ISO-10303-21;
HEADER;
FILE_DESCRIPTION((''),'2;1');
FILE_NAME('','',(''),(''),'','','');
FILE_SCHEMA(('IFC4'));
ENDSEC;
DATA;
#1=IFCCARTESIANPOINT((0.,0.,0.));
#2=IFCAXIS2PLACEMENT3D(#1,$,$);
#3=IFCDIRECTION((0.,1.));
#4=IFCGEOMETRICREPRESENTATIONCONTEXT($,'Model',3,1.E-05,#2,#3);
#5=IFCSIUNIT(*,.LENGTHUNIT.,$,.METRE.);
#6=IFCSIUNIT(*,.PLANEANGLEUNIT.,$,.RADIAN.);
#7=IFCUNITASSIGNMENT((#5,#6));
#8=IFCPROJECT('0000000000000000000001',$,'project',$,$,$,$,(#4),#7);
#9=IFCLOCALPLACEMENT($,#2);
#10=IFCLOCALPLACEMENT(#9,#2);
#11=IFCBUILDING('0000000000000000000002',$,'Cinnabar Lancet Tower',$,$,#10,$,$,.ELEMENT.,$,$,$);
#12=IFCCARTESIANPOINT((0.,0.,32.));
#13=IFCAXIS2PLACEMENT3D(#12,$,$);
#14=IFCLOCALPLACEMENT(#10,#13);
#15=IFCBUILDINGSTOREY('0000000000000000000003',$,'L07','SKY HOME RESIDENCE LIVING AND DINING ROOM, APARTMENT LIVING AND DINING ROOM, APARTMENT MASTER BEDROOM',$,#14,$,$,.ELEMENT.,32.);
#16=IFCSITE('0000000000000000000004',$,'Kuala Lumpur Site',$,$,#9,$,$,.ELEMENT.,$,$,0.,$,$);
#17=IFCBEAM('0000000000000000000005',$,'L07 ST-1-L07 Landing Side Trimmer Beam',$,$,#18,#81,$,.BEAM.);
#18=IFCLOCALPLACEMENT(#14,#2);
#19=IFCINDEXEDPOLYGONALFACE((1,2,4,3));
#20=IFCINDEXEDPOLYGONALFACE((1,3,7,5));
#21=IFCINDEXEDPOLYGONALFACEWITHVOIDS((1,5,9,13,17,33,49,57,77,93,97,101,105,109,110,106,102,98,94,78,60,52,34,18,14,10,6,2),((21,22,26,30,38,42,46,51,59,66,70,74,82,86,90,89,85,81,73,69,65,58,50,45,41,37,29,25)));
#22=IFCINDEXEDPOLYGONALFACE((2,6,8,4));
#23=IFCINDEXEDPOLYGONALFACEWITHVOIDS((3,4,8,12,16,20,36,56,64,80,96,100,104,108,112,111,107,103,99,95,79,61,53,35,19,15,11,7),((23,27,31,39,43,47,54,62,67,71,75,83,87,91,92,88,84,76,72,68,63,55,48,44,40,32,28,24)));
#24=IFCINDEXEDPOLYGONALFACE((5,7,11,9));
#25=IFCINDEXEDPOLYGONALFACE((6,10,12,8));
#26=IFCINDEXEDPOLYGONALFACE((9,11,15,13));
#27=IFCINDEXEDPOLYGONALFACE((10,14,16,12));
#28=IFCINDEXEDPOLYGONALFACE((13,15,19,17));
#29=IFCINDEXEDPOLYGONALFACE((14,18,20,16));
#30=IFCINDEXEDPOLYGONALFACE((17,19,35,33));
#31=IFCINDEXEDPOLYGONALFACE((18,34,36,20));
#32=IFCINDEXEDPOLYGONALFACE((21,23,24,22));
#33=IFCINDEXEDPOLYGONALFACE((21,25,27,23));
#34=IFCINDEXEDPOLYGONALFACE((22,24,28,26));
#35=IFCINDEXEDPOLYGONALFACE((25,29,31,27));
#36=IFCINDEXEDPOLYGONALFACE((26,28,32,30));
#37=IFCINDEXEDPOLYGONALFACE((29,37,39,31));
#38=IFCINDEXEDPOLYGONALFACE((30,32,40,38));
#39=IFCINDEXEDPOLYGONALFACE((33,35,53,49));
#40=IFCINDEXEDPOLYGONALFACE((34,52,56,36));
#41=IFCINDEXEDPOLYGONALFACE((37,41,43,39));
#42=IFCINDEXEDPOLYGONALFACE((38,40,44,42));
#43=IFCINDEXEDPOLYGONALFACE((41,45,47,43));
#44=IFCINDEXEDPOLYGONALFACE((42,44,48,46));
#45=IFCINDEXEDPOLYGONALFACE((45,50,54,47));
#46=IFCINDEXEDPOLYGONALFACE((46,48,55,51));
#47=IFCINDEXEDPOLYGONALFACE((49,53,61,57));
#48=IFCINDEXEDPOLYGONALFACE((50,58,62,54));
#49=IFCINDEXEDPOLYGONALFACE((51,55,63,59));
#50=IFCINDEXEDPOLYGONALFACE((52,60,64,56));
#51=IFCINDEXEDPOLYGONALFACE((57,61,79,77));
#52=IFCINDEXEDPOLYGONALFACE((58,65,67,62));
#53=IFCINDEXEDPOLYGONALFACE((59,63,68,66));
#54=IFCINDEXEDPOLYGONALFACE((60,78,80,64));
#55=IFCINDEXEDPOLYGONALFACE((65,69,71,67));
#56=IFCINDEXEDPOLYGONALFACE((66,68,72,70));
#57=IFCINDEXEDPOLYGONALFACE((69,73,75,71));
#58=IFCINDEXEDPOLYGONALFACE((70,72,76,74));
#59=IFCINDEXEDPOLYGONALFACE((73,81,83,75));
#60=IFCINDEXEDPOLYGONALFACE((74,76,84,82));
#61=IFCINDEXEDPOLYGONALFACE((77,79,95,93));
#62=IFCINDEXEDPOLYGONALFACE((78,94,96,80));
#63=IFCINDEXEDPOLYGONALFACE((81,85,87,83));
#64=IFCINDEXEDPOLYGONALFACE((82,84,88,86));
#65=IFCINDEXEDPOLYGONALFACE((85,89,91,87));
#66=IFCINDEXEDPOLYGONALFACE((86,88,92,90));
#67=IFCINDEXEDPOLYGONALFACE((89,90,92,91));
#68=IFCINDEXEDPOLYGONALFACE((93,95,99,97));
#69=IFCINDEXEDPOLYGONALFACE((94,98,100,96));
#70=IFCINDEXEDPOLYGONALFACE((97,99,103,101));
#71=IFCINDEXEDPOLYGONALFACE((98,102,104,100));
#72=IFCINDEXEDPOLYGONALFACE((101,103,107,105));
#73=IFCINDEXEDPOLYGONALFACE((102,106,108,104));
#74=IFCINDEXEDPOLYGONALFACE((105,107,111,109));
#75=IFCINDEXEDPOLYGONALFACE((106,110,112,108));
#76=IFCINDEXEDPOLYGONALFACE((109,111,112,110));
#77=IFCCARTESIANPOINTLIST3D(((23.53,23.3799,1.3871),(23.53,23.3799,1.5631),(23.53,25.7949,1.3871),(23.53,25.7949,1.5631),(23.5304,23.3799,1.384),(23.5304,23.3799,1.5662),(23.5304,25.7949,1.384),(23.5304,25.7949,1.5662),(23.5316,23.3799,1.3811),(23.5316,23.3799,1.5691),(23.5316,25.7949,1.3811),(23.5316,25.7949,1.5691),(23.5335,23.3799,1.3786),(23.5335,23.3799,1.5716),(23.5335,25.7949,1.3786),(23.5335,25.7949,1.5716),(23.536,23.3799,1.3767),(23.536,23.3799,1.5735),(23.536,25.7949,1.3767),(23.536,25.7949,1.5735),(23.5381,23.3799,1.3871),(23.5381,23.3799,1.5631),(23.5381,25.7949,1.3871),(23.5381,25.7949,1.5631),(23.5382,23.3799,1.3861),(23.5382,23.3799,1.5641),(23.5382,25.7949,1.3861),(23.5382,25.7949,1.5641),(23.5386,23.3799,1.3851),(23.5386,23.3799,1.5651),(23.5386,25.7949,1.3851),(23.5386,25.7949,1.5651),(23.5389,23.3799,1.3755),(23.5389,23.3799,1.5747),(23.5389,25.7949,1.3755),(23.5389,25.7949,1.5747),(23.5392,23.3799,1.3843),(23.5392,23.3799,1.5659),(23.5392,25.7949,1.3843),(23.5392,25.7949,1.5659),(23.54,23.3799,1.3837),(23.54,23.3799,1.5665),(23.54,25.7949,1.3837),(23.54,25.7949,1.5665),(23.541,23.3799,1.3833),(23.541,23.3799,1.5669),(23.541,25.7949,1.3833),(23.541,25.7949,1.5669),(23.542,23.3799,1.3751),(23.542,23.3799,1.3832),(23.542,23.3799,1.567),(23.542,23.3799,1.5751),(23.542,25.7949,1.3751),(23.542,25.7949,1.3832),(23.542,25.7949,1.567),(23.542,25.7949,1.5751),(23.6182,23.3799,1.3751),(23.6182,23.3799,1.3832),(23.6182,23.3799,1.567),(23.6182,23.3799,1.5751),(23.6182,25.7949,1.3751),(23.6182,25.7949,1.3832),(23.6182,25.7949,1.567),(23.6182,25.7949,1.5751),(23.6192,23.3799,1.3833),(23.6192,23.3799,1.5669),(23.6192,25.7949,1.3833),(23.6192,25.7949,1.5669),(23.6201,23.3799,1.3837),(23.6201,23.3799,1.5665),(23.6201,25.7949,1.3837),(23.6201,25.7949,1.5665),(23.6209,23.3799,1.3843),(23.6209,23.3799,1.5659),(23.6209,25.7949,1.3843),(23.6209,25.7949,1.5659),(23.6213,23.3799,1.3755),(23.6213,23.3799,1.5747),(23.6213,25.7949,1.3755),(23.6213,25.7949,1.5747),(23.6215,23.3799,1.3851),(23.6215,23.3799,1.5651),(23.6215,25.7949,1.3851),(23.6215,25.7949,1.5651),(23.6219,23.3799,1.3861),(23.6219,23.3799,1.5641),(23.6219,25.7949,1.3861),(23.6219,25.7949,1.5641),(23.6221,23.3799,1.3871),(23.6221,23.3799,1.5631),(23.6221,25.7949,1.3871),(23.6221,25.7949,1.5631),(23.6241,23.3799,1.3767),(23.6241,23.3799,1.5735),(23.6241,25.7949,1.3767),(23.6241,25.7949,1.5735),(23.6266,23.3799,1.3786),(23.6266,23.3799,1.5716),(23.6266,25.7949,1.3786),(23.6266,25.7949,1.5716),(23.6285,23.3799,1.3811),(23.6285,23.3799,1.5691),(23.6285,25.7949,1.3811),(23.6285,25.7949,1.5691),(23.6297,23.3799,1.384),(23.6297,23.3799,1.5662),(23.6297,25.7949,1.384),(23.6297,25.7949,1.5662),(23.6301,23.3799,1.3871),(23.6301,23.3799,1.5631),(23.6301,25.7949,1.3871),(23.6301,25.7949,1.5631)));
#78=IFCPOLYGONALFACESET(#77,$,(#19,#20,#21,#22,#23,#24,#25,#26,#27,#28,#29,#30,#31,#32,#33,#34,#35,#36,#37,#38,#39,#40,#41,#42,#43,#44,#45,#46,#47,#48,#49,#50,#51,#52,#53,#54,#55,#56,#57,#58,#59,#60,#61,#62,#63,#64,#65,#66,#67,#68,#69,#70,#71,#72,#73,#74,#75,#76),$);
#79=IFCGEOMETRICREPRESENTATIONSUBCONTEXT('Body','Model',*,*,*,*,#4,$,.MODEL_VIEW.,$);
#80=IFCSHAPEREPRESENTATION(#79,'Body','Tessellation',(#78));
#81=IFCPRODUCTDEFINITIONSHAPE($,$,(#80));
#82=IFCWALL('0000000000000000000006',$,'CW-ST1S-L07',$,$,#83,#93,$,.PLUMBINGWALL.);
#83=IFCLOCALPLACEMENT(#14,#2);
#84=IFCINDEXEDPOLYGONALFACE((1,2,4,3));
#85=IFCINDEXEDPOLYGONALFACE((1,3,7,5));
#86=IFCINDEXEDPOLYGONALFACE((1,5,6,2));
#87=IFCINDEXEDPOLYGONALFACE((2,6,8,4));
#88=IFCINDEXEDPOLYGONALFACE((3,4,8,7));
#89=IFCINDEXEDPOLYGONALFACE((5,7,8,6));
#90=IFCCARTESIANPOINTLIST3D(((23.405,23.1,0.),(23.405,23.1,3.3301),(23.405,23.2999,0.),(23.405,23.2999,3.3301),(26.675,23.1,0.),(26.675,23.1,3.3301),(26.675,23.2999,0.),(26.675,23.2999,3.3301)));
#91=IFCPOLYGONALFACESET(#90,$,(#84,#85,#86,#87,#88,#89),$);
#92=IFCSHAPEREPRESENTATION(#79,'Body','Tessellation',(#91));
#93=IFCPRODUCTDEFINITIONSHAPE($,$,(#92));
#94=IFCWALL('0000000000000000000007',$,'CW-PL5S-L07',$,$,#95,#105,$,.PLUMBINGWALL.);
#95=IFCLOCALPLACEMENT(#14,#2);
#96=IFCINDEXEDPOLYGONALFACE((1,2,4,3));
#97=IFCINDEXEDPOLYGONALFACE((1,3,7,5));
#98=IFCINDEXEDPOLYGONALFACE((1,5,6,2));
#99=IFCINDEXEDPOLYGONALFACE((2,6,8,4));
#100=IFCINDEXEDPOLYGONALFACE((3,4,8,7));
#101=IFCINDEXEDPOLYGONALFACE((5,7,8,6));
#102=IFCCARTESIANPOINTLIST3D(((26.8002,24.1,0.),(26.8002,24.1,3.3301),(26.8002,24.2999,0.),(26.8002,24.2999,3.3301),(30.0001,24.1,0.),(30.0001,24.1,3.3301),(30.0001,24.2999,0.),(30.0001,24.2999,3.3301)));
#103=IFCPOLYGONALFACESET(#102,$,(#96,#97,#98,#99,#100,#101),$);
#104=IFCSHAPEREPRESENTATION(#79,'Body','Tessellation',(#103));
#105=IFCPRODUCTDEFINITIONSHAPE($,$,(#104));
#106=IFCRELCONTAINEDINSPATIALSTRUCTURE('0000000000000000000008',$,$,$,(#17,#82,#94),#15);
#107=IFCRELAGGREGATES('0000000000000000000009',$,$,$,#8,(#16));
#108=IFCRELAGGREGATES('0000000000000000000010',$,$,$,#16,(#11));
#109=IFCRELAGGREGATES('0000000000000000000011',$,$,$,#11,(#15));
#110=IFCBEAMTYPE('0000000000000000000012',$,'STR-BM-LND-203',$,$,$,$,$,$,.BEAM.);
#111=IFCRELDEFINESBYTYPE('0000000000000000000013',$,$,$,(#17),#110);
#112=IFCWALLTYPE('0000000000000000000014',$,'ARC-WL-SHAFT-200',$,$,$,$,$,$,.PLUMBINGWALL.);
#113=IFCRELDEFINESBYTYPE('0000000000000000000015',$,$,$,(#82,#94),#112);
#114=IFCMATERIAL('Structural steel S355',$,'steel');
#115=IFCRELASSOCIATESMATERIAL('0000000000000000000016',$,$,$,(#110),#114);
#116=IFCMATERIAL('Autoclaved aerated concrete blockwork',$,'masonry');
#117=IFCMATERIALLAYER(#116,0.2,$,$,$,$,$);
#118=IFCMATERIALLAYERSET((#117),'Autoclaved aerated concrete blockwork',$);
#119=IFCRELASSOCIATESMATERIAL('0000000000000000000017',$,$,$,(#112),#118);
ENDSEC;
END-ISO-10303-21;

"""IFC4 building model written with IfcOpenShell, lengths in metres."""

from ifc_helpers import new_model, si_unit, direction, frame, frame_2d, origin, origin_2d, place, context, subcontext, project, spatial, rectangle, hollow_rectangle, extrude, material, layer, layer_set, material_profile, profile_set, type_object, element, save


model = new_model("IFC4")

# Units and contexts
model_context = context("Model", 3, precision=1e-05, world=origin(), true_north=direction((0.0, 1.0)))
body_context = subcontext(model_context, "Body", "Model", "MODEL_VIEW")
ifc_project = project(units=[si_unit("LENGTHUNIT", "METRE"), si_unit("PLANEANGLEUNIT", "RADIAN")], contexts=[model_context])

# Site, building, storey
site_placement = place(None, origin())
site = spatial("IfcSite", under=ifc_project, at=site_placement, Name="Kuala Lumpur Site", CompositionType="ELEMENT", RefElevation=0.0)
building_placement = place(site_placement, origin())
building = spatial("IfcBuilding", under=site, at=building_placement, Name="Cinnabar Lancet Tower", CompositionType="ELEMENT")
storey_placement = place(building_placement, frame((0.0, 0.0, 32.0)))
storey = spatial("IfcBuildingStorey", under=building, at=storey_placement, Name="L07", Description="SKY HOME RESIDENCE LIVING AND DINING ROOM, APARTMENT LIVING AND DINING ROOM, APARTMENT MASTER BEDROOM", CompositionType="ELEMENT", Elevation=32.0)

# Beam
ifc_material_1 = material(Name="Structural steel S355", Category="steel")
ifc_material_profile = material_profile(ifc_material_1, hollow_rectangle(XDim=0.1001, YDim=0.2, WallThickness=0.0081, InnerFilletRadius=0.0039, OuterFilletRadius=0.012, at=origin_2d()), Name="RHS 200x100x8")
ifc_profile_set = profile_set([ifc_material_profile], Name="Structural steel S355")
beam_type = type_object("IfcBeamType", Name="STR-BM-LND-203", PredefinedType="BEAM", material=ifc_profile_set)
beam_placement = place(storey_placement, frame((23.5801, 23.3799, 1.4751), z_axis=(0.0, 1.0, 0.0), x_axis=(-1.0, 0.0, 0.0)))
element("IfcBeam", 1, at=beam_placement, inside=storey, type_object=beam_type, Name="L07 ST-1-L07 Landing Side Trimmer Beam", PredefinedType="BEAM", context=body_context, shape_type="SweptSolid", body=[
    extrude(hollow_rectangle(XDim=0.1001, YDim=0.2, WallThickness=0.0081, InnerFilletRadius=0.0039, OuterFilletRadius=0.012, at=origin_2d()), origin(), (0.0, 0.0, 1.0), 2.415),
])

# Walls
ifc_material_2 = material(Name="Autoclaved aerated concrete blockwork", Category="masonry")
ifc_layer_1 = layer(ifc_material_2, 0.2)
ifc_layer_set_1 = layer_set([ifc_layer_1], Name="Autoclaved aerated concrete blockwork")
wall_type_1 = type_object("IfcWallType", Name="ARC-WL-SHAFT-200", PredefinedType="PLUMBINGWALL", material=ifc_layer_set_1)
wall_1_placement = place(storey_placement, frame((23.405, 23.2, 0.0), z_axis=(0.0, 0.0, 1.0), x_axis=(1.0, 0.0, 0.0)))
element("IfcWall", 2, at=wall_1_placement, inside=storey, type_object=wall_type_1, Name="CW-ST1S-L07", PredefinedType="PLUMBINGWALL", context=body_context, shape_type="SweptSolid", body=[
    extrude(rectangle(XDim=3.27, YDim=0.2, at=frame_2d((1.635, 0.0))), origin(), (0.0, 0.0, 1.0), 3.3301),
])
wall_2_placement = place(storey_placement, frame((26.8, 24.2, 0.0), z_axis=(0.0, 0.0, 1.0), x_axis=(1.0, 0.0, 0.0)))
element("IfcWall", 3, at=wall_2_placement, inside=storey, type_object=wall_type_1, Name="CW-PL5S-L07", PredefinedType="PLUMBINGWALL", context=body_context, shape_type="SweptSolid", body=[
    extrude(rectangle(XDim=3.2, YDim=0.2, at=frame_2d((1.6001, 0.0))), origin(), (0.0, 0.0, 1.0), 3.3301),
])

save(model, "model.ifc")
